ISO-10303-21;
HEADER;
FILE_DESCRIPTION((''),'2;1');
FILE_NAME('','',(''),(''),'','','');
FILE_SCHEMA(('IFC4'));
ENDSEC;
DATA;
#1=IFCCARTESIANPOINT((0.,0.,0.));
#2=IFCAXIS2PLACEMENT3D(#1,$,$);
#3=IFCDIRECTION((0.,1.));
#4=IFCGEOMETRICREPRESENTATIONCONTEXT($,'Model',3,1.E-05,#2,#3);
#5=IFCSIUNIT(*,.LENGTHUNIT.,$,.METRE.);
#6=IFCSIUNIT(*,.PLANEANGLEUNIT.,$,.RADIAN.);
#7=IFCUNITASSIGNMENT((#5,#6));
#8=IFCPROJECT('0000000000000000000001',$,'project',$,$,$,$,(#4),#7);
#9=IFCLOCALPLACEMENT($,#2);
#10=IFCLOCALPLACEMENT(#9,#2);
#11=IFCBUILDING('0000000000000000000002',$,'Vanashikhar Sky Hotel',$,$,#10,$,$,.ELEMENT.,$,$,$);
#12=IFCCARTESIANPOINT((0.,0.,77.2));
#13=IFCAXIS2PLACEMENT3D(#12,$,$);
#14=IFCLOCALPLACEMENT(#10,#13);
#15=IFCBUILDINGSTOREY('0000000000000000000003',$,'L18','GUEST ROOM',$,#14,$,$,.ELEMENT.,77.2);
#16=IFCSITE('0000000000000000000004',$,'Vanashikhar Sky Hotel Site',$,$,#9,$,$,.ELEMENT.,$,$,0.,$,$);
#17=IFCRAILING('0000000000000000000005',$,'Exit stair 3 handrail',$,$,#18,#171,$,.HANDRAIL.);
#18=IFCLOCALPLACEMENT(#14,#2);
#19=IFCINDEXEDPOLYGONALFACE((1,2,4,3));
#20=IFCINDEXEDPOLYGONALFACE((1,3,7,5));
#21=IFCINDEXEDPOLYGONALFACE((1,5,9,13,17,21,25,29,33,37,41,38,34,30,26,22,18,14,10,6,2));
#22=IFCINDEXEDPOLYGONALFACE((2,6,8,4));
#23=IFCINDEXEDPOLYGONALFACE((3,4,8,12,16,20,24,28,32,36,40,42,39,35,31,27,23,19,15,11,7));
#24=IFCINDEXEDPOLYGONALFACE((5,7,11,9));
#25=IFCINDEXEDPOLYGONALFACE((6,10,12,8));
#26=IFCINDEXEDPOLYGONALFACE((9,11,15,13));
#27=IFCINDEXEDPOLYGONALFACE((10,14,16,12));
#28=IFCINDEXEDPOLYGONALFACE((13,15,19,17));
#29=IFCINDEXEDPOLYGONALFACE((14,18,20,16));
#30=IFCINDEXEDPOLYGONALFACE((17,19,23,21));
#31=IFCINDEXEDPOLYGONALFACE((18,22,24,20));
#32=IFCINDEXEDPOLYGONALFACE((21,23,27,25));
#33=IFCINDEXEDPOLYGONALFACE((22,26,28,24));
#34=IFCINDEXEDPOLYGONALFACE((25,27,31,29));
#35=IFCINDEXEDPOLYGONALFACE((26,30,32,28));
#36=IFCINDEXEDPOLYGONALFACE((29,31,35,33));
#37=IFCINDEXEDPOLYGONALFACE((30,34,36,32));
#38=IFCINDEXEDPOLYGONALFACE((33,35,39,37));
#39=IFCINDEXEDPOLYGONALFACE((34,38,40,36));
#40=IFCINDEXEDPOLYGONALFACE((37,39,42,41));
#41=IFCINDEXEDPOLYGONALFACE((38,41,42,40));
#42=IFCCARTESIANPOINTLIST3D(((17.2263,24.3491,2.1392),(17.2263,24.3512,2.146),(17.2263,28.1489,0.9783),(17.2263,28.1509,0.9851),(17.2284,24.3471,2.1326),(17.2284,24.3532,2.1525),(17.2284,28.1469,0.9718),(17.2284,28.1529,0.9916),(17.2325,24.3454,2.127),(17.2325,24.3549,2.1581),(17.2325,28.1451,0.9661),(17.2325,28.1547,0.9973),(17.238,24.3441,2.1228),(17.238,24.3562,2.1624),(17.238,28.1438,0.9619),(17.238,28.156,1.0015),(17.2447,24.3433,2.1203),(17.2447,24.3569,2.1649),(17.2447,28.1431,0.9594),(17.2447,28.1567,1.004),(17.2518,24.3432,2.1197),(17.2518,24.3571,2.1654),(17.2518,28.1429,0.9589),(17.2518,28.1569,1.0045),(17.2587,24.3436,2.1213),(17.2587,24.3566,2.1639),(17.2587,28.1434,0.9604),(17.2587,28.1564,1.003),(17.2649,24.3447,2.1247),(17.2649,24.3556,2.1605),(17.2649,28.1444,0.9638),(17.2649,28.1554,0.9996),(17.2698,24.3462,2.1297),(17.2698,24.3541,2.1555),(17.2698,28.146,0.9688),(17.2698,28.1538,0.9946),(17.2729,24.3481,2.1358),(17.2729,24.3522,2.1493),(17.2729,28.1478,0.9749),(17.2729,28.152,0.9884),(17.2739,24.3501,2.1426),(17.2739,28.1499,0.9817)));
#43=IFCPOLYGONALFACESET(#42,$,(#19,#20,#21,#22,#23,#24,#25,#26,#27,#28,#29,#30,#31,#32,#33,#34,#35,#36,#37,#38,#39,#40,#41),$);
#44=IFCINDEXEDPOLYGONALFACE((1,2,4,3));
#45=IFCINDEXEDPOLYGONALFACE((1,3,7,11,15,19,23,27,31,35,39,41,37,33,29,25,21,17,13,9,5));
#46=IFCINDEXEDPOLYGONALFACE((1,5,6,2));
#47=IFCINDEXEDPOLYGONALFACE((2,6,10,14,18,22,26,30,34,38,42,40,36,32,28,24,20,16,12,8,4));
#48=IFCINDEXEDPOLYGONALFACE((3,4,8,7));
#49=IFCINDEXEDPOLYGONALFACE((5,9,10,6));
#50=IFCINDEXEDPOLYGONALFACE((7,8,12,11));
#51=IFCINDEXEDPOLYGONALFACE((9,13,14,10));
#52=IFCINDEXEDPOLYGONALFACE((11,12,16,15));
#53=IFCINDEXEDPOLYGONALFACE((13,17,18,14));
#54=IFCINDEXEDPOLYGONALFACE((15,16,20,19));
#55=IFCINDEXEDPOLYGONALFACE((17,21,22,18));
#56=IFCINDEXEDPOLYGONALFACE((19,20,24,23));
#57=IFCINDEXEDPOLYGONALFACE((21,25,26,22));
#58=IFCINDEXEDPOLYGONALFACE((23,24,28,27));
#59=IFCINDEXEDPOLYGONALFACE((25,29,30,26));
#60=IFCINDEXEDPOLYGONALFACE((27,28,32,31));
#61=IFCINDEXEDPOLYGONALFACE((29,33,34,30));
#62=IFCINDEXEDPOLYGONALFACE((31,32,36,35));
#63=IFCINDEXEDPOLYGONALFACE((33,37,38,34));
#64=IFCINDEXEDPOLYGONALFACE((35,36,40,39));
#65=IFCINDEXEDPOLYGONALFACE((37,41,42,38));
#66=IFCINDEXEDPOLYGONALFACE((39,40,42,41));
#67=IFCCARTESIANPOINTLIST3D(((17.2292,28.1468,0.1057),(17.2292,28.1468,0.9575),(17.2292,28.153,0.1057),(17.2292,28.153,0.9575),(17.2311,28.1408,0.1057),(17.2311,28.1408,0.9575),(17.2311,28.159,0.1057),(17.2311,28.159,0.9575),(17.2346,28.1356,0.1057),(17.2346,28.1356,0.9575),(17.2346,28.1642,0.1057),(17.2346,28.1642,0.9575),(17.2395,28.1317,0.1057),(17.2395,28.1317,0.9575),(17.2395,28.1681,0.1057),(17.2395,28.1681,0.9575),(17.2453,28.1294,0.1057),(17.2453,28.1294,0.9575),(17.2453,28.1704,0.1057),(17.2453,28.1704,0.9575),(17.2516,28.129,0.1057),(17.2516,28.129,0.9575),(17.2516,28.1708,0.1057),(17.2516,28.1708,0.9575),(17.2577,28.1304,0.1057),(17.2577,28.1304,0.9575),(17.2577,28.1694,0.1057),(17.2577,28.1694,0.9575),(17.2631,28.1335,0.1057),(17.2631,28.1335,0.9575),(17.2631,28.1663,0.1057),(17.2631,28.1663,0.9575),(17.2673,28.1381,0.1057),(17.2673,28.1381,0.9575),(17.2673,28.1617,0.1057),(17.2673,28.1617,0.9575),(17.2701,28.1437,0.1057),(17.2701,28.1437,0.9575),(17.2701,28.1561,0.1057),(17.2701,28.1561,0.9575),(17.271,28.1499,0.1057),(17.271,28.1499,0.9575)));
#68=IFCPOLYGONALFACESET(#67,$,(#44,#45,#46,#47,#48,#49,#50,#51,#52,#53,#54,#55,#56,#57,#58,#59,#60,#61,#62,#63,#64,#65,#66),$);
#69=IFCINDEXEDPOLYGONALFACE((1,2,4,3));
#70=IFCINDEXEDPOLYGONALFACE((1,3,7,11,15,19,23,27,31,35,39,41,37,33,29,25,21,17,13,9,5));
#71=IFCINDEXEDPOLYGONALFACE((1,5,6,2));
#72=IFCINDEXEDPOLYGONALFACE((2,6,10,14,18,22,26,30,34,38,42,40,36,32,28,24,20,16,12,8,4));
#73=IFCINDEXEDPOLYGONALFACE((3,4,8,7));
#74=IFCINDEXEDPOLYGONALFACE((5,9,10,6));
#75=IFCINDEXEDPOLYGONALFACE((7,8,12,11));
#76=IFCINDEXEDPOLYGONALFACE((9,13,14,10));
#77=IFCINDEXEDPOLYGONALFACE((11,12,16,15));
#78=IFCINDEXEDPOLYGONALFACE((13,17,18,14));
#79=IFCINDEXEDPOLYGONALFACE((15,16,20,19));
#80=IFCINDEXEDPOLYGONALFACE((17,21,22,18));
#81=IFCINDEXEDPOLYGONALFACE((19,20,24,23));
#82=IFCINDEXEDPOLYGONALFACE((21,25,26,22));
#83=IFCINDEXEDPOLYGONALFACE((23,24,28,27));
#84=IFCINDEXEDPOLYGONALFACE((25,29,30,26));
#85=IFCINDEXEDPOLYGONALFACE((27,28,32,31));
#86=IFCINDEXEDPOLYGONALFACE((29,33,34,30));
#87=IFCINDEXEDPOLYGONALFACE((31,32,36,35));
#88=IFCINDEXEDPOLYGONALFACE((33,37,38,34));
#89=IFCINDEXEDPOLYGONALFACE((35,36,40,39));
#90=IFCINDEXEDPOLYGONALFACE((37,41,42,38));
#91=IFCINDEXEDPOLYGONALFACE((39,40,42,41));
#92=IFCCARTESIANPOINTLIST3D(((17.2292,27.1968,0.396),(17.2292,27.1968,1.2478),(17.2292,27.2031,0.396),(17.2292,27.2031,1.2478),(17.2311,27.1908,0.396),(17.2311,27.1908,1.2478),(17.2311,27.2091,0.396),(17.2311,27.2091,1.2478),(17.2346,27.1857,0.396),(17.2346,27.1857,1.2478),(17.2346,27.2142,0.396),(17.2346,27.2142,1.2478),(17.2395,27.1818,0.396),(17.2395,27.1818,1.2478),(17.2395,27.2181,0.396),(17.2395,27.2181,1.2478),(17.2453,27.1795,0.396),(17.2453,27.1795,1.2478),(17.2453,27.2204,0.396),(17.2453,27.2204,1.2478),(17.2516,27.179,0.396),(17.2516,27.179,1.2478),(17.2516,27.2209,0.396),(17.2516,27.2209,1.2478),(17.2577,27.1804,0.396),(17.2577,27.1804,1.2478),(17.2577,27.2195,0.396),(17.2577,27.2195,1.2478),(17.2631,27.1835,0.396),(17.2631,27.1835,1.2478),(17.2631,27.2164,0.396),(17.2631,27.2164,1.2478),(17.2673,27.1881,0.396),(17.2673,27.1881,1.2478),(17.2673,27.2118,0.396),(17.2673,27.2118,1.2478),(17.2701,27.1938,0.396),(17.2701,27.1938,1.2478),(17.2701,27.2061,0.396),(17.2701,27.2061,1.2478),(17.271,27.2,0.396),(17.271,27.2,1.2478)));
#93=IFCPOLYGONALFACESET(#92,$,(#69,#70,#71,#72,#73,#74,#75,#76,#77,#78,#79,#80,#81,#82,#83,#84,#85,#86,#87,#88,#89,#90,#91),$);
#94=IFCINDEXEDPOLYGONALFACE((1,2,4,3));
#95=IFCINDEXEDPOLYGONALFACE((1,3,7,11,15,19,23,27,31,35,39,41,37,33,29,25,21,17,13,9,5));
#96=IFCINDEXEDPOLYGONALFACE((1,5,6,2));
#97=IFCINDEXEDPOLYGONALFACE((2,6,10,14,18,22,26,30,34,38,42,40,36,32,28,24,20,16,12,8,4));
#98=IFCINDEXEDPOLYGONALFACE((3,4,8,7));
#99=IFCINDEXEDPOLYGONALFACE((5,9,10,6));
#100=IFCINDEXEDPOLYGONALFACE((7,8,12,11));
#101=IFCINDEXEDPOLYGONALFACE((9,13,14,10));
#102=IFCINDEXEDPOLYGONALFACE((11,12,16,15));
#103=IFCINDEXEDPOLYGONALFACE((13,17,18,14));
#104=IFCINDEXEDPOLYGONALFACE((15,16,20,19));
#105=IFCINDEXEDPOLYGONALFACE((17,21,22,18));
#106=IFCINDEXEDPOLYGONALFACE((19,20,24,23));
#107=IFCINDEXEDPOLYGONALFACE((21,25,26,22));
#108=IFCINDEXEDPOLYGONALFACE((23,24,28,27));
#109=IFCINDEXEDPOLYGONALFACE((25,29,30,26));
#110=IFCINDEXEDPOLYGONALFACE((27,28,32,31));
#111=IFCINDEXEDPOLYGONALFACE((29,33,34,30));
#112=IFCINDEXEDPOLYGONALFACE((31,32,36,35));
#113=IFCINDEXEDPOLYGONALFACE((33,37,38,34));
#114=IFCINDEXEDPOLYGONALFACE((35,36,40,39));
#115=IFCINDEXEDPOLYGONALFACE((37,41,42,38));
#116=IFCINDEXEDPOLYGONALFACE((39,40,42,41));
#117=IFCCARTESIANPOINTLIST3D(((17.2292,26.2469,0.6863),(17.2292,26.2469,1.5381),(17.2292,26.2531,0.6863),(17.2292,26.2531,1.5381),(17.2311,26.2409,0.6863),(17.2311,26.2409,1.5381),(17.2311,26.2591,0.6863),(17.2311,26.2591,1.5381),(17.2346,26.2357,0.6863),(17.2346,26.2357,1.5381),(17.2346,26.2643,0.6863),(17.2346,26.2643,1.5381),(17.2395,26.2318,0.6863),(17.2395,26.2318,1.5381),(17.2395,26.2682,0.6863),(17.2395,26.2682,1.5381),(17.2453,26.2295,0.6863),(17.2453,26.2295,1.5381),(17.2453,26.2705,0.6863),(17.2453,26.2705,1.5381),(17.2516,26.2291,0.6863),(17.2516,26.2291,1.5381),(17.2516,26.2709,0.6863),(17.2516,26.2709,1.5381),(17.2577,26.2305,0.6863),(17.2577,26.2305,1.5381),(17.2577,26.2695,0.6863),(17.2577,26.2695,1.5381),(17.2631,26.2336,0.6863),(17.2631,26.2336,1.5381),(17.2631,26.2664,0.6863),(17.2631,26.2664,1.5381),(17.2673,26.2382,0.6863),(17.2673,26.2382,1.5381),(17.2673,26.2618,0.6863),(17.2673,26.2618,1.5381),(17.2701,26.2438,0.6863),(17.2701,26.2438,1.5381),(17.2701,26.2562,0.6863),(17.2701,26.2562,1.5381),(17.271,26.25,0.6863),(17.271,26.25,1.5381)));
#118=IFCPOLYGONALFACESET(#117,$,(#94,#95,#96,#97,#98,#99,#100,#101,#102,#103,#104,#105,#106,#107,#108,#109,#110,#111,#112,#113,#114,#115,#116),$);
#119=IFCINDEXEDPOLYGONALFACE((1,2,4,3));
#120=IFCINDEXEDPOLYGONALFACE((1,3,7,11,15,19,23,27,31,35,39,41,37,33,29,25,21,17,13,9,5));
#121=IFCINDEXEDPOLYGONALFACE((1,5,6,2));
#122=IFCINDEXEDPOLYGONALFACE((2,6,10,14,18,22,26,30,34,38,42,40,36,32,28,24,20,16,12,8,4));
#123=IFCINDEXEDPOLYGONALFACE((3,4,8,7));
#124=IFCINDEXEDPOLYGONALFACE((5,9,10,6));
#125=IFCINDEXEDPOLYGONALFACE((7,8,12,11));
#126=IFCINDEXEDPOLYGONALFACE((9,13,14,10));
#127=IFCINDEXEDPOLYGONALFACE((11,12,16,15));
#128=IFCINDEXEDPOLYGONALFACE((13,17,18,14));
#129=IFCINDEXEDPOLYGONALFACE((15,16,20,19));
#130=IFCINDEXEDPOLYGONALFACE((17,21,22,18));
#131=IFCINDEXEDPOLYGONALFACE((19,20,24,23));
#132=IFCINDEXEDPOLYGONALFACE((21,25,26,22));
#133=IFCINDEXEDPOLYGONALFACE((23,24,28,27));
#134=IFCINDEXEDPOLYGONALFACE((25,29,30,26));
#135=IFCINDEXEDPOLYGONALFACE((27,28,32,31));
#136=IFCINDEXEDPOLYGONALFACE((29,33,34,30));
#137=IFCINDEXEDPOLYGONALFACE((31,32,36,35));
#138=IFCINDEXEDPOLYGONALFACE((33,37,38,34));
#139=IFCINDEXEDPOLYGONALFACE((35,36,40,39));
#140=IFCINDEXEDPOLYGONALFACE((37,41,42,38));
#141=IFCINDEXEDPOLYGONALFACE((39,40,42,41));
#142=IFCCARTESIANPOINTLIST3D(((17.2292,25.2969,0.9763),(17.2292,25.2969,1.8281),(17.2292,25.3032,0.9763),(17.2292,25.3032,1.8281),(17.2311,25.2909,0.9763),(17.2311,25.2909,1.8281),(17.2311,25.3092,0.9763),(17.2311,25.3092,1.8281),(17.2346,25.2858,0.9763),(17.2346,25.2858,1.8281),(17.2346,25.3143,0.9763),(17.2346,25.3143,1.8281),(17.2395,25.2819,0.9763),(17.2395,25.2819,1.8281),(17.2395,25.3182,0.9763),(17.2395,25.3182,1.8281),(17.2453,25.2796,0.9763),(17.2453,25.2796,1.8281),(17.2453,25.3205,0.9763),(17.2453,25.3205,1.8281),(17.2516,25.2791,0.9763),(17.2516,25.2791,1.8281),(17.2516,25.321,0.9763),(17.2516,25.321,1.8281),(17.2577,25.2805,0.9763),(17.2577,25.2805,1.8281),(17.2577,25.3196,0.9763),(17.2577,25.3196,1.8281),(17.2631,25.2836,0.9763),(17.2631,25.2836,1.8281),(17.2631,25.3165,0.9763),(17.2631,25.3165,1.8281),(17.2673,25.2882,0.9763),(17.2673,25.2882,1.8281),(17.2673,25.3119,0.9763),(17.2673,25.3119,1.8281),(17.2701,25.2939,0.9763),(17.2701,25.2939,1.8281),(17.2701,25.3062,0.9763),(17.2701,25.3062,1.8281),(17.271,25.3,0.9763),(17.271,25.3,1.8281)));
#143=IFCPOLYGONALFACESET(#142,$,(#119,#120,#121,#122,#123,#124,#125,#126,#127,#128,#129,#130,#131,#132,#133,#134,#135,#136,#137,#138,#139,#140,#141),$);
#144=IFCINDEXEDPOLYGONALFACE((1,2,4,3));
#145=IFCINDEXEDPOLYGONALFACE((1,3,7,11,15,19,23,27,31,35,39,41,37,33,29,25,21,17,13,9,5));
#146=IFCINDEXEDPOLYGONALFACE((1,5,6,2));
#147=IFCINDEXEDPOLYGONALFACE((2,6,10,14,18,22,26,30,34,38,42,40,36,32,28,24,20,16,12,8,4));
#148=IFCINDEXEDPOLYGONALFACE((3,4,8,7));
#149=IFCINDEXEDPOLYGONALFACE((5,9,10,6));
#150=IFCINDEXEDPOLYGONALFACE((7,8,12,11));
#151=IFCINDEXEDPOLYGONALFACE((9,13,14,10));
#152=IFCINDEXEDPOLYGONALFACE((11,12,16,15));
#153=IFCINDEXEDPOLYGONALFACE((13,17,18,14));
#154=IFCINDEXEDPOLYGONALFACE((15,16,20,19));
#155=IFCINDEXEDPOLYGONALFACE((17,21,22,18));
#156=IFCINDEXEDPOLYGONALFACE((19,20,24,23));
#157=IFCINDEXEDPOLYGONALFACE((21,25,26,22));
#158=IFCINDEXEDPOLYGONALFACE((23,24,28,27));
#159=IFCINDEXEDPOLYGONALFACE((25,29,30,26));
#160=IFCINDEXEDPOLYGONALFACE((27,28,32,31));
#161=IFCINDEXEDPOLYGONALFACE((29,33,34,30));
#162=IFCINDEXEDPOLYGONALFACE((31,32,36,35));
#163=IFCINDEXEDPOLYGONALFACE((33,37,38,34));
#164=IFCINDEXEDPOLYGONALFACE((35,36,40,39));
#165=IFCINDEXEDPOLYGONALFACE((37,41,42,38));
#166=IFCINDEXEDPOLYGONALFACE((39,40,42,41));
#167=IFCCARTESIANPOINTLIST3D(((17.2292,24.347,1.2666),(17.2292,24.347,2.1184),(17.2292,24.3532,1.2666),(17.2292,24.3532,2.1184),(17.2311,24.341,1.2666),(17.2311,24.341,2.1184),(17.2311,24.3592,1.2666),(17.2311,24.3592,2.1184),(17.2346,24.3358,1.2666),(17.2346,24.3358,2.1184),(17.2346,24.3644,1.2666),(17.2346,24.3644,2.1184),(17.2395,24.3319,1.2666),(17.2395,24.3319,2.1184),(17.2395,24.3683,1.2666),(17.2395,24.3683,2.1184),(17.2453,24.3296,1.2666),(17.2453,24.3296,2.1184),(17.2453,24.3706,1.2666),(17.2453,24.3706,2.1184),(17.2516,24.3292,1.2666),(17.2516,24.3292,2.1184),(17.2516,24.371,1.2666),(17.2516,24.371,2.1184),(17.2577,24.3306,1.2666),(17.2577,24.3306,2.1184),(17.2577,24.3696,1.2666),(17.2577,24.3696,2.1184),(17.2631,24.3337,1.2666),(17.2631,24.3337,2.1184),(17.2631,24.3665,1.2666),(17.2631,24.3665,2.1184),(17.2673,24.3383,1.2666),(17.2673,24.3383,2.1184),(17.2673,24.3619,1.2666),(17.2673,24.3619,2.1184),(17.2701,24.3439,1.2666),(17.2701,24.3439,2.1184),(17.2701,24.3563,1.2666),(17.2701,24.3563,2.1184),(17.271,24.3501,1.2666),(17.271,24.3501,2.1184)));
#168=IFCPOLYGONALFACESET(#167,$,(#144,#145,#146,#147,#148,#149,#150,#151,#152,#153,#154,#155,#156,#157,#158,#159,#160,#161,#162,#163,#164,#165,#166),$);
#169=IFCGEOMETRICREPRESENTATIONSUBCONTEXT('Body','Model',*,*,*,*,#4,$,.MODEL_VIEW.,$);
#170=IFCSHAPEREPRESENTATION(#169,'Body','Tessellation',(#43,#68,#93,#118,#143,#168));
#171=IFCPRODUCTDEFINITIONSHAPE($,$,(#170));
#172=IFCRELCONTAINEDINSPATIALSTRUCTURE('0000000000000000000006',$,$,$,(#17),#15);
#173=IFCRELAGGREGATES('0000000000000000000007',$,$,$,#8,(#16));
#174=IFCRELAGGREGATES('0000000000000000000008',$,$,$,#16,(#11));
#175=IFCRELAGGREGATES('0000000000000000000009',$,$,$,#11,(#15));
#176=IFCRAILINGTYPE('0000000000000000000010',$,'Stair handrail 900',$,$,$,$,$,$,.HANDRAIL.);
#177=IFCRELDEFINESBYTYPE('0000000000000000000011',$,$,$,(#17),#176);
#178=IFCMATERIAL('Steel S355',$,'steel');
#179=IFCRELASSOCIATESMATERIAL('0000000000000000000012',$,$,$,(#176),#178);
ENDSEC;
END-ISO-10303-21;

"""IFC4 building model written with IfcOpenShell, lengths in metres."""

from ifc_helpers import new_model, si_unit, direction, frame, origin, origin_2d, place, context, subcontext, project, spatial, circle, extrude, source, transform, mapped, material, type_object, element, save


model = new_model("IFC4")

# Units and contexts
model_context = context("Model", 3, precision=1e-05, world=origin(), true_north=direction((0.0, 1.0)))
body_context = subcontext(model_context, "Body", "Model", "MODEL_VIEW")
ifc_project = project(units=[si_unit("LENGTHUNIT", "METRE"), si_unit("PLANEANGLEUNIT", "RADIAN")], contexts=[model_context])

# Site, building, storey
site_placement = place(None, origin())
site = spatial("IfcSite", under=ifc_project, at=site_placement, Name="Vanashikhar Sky Hotel Site", CompositionType="ELEMENT", RefElevation=0.0)
building_placement = place(site_placement, origin())
building = spatial("IfcBuilding", under=site, at=building_placement, Name="Vanashikhar Sky Hotel", CompositionType="ELEMENT")
storey_placement = place(building_placement, frame((0.0, 0.0, 77.2)))
storey = spatial("IfcBuildingStorey", under=building, at=storey_placement, Name="L18", Description="GUEST ROOM", CompositionType="ELEMENT", Elevation=77.2)

# Railing
ifc_material_1 = material(Name="Steel S355", Category="steel")
railing_type = type_object("IfcRailingType", Name="Stair handrail 900", PredefinedType="HANDRAIL", material=ifc_material_1)
shared_shape_1 = source(origin(), body_context, "Body", "SweptSolid", [
    extrude(circle(Radius=0.0239, at=origin_2d()), frame((0.0, 0.0, 0.876), z_axis=(0.0, -0.956363, 0.292181), x_axis=(1.0, 0.0, 0.0)), (0.0, 0.0, 1.0), 3.9731),
    extrude(circle(Radius=0.021, at=origin_2d()), origin(), (0.0, 0.0, 1.0), 0.8518),
    extrude(circle(Radius=0.021, at=origin_2d()), frame((0.0, -0.95, 0.2903)), (0.0, 0.0, 1.0), 0.8518),
    extrude(circle(Radius=0.021, at=origin_2d()), frame((0.0, -1.8999, 0.5806)), (0.0, 0.0, 1.0), 0.8518),
    extrude(circle(Radius=0.021, at=origin_2d()), frame((0.0, -2.8499, 0.8706)), (0.0, 0.0, 1.0), 0.8518),
    extrude(circle(Radius=0.021, at=origin_2d()), frame((0.0, -3.7998, 1.1609)), (0.0, 0.0, 1.0), 0.8518),
])
railing_1_placement = place(storey_placement, frame((17.25, 28.1499, 0.1057)))
element("IfcRailing", 1, at=railing_1_placement, inside=storey, type_object=railing_type, Name="Exit stair 3 handrail", PredefinedType="HANDRAIL", context=body_context, shape_type="MappedRepresentation", body=[
    mapped(shared_shape_1, transform((0.0, 0.0, 0.0), scale=1.0)),
])

save(model, "model.ifc")
